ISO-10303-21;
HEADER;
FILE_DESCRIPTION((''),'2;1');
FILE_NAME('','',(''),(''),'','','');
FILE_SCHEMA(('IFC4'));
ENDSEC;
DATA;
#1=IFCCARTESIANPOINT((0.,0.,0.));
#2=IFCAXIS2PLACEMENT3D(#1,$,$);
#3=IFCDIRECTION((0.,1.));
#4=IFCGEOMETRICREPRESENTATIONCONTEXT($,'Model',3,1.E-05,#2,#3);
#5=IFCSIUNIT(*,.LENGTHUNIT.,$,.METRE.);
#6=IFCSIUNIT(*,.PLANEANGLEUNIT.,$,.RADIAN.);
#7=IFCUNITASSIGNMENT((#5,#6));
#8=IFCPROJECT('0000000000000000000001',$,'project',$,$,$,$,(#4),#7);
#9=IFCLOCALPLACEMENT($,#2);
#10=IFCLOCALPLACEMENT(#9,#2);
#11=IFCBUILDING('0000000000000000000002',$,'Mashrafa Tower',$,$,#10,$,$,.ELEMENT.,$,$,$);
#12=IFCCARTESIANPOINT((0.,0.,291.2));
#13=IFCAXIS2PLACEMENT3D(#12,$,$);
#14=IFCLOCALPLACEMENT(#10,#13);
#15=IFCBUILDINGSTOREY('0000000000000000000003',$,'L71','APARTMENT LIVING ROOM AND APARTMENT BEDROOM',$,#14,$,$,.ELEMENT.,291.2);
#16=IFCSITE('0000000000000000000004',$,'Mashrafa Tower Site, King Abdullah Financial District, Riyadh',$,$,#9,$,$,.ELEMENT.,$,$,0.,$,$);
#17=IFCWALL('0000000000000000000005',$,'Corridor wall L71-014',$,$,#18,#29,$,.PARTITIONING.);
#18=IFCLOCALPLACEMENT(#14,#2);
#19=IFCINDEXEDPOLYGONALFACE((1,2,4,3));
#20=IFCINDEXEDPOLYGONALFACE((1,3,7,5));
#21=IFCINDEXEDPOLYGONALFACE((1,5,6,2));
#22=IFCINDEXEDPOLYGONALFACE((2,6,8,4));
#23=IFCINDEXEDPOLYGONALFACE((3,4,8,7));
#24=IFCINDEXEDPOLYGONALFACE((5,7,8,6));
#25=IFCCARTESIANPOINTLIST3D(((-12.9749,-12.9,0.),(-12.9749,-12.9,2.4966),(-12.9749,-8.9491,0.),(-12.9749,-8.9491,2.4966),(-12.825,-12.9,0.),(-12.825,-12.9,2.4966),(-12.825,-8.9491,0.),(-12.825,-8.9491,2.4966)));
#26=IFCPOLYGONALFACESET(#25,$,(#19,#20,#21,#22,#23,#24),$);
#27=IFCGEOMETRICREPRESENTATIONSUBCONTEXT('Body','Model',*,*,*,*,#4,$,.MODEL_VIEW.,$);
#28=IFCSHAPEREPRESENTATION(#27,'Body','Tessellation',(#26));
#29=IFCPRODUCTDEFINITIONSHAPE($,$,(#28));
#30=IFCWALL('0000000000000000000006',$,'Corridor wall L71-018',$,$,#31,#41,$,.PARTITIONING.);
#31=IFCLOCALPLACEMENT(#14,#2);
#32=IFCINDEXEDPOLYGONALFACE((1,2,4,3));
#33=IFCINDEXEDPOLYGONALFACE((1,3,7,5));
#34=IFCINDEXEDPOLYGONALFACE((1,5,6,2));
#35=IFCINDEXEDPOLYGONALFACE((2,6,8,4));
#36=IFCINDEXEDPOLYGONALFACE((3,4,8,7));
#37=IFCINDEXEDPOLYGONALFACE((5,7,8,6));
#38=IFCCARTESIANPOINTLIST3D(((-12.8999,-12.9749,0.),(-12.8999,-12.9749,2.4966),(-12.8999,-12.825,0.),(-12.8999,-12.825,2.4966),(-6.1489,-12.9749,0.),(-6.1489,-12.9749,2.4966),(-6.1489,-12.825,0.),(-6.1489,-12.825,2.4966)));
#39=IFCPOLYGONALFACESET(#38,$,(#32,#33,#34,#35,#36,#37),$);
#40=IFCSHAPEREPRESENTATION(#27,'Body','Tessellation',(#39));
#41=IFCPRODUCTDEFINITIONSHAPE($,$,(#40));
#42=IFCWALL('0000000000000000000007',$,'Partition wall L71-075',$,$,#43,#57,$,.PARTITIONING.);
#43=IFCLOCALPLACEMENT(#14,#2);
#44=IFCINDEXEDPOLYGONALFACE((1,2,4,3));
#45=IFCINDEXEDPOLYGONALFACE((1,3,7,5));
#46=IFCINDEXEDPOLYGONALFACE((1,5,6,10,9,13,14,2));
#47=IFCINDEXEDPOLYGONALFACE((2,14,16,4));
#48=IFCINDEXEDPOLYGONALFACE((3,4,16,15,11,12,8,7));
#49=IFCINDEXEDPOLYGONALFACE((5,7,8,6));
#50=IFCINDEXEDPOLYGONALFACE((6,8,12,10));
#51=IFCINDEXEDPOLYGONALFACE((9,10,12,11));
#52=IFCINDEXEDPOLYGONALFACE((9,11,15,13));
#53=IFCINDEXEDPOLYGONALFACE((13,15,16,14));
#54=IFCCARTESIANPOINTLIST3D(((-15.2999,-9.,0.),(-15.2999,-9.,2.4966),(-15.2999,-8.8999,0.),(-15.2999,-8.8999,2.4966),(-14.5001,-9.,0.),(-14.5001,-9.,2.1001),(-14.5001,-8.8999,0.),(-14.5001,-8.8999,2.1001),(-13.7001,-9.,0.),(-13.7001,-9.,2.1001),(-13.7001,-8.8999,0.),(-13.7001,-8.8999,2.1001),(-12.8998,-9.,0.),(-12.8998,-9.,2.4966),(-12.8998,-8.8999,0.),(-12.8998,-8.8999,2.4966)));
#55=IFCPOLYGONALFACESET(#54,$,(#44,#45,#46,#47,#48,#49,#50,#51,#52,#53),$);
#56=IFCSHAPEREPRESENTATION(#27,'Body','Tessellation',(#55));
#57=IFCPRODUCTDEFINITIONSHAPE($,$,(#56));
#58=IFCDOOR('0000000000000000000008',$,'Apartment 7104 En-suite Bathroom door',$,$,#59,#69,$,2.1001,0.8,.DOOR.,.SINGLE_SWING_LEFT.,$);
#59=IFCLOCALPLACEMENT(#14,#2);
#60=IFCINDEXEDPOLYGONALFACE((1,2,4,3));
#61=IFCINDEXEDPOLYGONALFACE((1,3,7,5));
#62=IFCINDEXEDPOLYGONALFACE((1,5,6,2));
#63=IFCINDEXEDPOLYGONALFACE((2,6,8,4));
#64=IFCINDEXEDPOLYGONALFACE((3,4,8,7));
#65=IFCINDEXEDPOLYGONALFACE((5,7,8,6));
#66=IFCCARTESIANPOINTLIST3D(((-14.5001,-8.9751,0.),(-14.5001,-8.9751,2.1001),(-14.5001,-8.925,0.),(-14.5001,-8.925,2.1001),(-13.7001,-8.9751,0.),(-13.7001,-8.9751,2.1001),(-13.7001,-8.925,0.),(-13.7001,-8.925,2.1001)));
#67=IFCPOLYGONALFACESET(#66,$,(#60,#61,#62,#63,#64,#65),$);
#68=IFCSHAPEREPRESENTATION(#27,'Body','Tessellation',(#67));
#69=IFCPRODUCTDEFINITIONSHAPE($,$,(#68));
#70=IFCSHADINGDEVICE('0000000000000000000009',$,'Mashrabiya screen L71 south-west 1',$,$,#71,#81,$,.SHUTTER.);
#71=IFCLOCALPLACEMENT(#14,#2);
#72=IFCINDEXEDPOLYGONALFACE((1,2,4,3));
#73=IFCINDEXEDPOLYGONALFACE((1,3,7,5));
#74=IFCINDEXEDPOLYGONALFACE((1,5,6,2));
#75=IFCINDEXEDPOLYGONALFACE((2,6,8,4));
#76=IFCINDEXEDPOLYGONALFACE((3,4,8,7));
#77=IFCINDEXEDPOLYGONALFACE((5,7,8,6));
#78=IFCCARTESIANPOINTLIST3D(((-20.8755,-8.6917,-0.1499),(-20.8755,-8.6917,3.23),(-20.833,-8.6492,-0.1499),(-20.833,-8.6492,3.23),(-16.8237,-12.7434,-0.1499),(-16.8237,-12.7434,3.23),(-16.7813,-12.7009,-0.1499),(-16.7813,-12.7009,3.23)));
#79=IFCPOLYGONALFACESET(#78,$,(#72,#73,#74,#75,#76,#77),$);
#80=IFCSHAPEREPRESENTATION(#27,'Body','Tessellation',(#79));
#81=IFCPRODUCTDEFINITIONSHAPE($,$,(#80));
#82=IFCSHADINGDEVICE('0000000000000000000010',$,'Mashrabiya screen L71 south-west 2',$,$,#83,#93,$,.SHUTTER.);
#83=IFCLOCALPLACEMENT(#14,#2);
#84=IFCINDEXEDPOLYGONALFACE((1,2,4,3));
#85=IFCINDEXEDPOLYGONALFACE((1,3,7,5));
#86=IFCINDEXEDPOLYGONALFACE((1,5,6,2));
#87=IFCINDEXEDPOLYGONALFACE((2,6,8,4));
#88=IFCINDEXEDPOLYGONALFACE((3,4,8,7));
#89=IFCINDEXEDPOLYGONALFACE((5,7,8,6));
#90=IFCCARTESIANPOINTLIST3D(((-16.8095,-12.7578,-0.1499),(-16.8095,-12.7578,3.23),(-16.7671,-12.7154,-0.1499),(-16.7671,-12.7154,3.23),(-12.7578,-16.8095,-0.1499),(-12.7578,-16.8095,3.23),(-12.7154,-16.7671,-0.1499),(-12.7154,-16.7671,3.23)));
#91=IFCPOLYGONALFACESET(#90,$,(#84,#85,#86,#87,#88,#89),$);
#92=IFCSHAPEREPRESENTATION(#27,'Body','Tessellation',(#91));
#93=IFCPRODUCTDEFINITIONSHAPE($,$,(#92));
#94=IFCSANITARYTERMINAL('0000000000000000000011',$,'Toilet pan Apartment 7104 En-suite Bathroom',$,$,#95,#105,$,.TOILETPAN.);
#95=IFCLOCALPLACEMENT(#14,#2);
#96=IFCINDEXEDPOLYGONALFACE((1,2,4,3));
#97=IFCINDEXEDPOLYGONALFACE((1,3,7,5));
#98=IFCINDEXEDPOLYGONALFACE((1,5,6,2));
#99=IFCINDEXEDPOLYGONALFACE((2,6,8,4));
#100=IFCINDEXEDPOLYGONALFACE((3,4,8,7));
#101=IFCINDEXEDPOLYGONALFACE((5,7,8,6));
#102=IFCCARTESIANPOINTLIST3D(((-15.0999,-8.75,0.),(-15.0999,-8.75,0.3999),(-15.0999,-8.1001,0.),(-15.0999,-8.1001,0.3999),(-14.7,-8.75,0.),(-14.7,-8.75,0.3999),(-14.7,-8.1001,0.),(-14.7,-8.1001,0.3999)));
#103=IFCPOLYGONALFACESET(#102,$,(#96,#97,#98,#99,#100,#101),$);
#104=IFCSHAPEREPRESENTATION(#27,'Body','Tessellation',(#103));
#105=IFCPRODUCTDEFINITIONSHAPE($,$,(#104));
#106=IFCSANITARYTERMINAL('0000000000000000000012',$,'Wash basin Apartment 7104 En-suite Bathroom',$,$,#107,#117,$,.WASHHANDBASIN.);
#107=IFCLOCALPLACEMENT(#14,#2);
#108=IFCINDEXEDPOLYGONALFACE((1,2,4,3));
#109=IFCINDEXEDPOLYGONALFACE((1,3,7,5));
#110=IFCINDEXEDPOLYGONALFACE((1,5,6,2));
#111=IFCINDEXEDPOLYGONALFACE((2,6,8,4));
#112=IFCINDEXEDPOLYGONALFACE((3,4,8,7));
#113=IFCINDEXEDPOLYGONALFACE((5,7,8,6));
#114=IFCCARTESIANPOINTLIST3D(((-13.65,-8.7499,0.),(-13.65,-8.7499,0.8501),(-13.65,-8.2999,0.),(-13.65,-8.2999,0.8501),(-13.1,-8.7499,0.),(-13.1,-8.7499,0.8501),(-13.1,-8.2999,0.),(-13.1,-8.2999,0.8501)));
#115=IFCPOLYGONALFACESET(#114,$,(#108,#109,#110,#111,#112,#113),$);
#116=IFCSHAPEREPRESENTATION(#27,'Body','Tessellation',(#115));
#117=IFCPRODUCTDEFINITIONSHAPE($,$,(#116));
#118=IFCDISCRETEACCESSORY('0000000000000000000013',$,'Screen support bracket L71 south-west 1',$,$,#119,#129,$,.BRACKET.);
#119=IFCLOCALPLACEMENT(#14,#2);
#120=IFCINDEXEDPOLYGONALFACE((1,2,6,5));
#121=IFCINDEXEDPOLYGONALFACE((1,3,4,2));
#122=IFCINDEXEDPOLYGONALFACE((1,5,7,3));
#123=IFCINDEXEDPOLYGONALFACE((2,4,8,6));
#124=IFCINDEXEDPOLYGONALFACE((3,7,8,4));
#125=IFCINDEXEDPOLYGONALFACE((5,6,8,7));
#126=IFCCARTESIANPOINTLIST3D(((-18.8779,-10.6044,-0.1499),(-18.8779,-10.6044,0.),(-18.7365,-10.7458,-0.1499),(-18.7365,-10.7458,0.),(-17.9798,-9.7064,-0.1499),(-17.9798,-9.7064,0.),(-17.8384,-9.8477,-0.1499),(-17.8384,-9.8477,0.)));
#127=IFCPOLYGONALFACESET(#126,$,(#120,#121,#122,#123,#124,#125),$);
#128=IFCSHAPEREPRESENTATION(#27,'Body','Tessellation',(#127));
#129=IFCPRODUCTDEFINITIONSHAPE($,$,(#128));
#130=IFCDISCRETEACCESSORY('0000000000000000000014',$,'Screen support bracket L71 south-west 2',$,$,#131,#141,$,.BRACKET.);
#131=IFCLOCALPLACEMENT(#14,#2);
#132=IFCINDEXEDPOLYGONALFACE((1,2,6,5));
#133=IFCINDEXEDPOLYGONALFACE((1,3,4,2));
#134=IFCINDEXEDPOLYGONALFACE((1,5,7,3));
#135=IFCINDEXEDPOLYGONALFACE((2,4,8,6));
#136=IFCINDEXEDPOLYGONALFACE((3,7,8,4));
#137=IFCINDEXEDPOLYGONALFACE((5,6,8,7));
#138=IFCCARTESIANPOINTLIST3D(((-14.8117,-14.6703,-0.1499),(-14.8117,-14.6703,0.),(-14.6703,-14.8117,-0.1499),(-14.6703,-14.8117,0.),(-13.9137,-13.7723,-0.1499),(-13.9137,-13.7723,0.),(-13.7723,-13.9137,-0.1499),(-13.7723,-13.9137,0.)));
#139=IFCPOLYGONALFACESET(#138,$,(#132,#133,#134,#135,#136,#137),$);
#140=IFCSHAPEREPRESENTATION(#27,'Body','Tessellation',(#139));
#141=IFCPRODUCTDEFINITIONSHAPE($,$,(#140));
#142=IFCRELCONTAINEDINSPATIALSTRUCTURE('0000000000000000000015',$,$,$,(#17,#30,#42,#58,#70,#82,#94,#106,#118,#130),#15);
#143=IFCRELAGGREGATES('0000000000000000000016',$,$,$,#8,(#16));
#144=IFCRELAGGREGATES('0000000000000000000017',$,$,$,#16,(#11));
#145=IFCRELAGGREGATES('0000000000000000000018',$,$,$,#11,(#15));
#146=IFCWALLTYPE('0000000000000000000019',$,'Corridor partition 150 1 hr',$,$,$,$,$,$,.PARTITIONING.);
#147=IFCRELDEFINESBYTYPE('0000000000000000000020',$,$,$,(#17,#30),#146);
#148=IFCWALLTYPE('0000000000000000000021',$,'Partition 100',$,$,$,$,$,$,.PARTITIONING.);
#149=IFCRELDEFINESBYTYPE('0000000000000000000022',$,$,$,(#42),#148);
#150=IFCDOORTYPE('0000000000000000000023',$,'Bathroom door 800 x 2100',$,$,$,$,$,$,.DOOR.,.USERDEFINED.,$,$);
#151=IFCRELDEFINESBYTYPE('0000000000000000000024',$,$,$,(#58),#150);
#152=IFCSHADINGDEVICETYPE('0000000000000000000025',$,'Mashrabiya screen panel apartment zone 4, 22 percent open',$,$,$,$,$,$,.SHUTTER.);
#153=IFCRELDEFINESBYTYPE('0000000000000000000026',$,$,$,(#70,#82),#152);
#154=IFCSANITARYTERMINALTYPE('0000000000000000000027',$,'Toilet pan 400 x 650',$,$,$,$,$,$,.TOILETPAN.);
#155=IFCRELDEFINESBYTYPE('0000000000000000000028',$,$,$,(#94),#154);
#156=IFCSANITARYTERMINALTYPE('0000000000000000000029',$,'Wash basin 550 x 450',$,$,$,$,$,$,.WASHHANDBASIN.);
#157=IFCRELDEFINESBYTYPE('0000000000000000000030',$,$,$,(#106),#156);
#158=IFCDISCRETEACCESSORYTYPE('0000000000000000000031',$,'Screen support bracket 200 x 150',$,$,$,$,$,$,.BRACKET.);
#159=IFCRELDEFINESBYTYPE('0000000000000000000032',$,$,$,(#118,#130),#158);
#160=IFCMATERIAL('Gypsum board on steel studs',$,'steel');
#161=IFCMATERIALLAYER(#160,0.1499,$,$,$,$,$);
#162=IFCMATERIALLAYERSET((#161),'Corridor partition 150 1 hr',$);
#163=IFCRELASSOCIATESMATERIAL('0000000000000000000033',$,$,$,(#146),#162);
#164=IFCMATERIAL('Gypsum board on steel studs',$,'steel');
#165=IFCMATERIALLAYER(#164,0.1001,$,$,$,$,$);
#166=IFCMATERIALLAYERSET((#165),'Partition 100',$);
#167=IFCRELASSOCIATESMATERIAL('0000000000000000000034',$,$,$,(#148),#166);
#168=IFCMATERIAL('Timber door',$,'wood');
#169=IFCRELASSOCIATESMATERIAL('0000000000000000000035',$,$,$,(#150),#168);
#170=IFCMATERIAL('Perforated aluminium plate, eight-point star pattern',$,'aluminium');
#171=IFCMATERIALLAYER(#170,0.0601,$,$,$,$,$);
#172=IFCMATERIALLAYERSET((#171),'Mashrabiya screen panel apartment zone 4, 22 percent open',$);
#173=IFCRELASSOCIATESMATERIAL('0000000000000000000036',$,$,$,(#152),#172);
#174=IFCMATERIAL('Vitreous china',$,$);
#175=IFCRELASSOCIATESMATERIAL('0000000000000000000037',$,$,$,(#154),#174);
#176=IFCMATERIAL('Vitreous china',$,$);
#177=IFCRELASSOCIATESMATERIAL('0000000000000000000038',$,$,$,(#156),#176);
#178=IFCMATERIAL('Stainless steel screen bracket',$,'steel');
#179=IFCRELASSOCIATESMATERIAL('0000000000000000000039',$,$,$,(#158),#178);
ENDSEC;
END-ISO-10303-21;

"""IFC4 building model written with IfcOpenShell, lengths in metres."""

from ifc_helpers import new_model, si_unit, direction, frame, frame_2d, origin, origin_2d, place, context, subcontext, project, spatial, rectangle, extrude, source, transform, mapped, material, layer, layer_set, type_object, type_shapes, element, fill, save


model = new_model("IFC4")

# Units and contexts
model_context = context("Model", 3, precision=1e-05, world=origin(), true_north=direction((0.0, 1.0)))
body_context = subcontext(model_context, "Body", "Model", "MODEL_VIEW")
ifc_project = project(units=[si_unit("LENGTHUNIT", "METRE"), si_unit("PLANEANGLEUNIT", "RADIAN")], contexts=[model_context])

# Site, building, storey
site_placement = place(None, origin())
site = spatial("IfcSite", under=ifc_project, at=site_placement, Name="Mashrafa Tower Site, King Abdullah Financial District, Riyadh", CompositionType="ELEMENT", RefElevation=0.0)
building_placement = place(site_placement, origin())
building = spatial("IfcBuilding", under=site, at=building_placement, Name="Mashrafa Tower", CompositionType="ELEMENT")
storey_placement = place(building_placement, frame((0.0, 0.0, 291.2)))
storey = spatial("IfcBuildingStorey", under=building, at=storey_placement, Name="L71", Description="APARTMENT LIVING ROOM AND APARTMENT BEDROOM", CompositionType="ELEMENT", Elevation=291.2)

# Walls
ifc_material_1 = material(Name="Gypsum board on steel studs", Category="steel")
ifc_layer_1 = layer(ifc_material_1, 0.1499)
ifc_layer_set_1 = layer_set([ifc_layer_1], Name="Corridor partition 150 1 hr")
wall_type_1 = type_object("IfcWallType", Name="Corridor partition 150 1 hr", PredefinedType="PARTITIONING", material=ifc_layer_set_1)
wall_1_placement = place(storey_placement, frame((-12.8999, -8.949, 0.0), z_axis=(0.0, 0.0, 1.0), x_axis=(0.0, -1.0, 0.0)))
element("IfcWall", 1, at=wall_1_placement, inside=storey, type_object=wall_type_1, Name="Corridor wall L71-014", PredefinedType="PARTITIONING", context=body_context, shape_type="SweptSolid", body=[
    extrude(rectangle(XDim=3.9509, YDim=0.1499, at=frame_2d((1.9756, 0.0))), origin(), (0.0, 0.0, 1.0), 2.4966),
])
wall_2_placement = place(storey_placement, frame((-12.8999, -12.8999, 0.0), z_axis=(0.0, 0.0, 1.0), x_axis=(1.0, 0.0, 0.0)))
element("IfcWall", 2, at=wall_2_placement, inside=storey, type_object=wall_type_1, Name="Corridor wall L71-018", PredefinedType="PARTITIONING", context=body_context, shape_type="SweptSolid", body=[
    extrude(rectangle(XDim=6.751, YDim=0.1499, at=frame_2d((3.3755, 0.0))), origin(), (0.0, 0.0, 1.0), 2.4966),
])

# Wall, opening, door
ifc_material_2 = material(Name="Gypsum board on steel studs", Category="steel")
ifc_layer_2 = layer(ifc_material_2, 0.1001)
ifc_layer_set_2 = layer_set([ifc_layer_2], Name="Partition 100")
wall_type_2 = type_object("IfcWallType", Name="Partition 100", PredefinedType="PARTITIONING", material=ifc_layer_set_2)
wall_3_placement = place(storey_placement, frame((-15.3, -8.95, 0.0), z_axis=(0.0, 0.0, 1.0), x_axis=(1.0, 0.0, 0.0)))
wall_3 = element("IfcWall", 3, at=wall_3_placement, inside=storey, type_object=wall_type_2, Name="Partition wall L71-075", PredefinedType="PARTITIONING", context=body_context, shape_type="SweptSolid", body=[
    extrude(rectangle(XDim=2.4001, YDim=0.1001, at=frame_2d((1.2002, 0.0))), origin(), (0.0, 0.0, 1.0), 2.4966),
])
opening_placement = place(wall_3_placement, frame((0.8, 0.0, 0.0)))
opening = element("IfcOpeningElement", 4, at=opening_placement, cuts=wall_3, PredefinedType="OPENING", context=body_context, shape_type="SweptSolid", body=[
    extrude(rectangle(XDim=0.8, YDim=2.1001, at=frame_2d((0.3999, 1.05))), frame((0.0, 0.0601, 0.0), z_axis=(0.0, -1.0, 0.0), x_axis=(1.0, 0.0, 0.0)), (0.0, 0.0, 1.0), 0.1201),
])
ifc_material_3 = material(Name="Timber door", Category="wood")
door_type = type_object("IfcDoorType", Name="Bathroom door 800 x 2100", OperationType="USERDEFINED", PredefinedType="DOOR", material=ifc_material_3)
door_placement = place(opening_placement, origin())
door = element("IfcDoor", 5, at=door_placement, inside=storey, type_object=door_type, Name="Apartment 7104 En-suite Bathroom door", OperationType="SINGLE_SWING_LEFT", OverallHeight=2.1001, OverallWidth=0.8, PredefinedType="DOOR", context=body_context, shape_type="SweptSolid", body=[
    extrude(rectangle(XDim=0.8, YDim=2.1001, at=frame_2d((0.3999, 1.05))), frame((0.0, 0.0249, 0.0), z_axis=(0.0, -1.0, 0.0), x_axis=(1.0, 0.0, 0.0)), (0.0, 0.0, 1.0), 0.05),
])
fill(opening, door)

# Shading devices
ifc_material_4 = material(Name="Perforated aluminium plate, eight-point star pattern", Category="aluminium")
ifc_layer_3 = layer(ifc_material_4, 0.0601)
ifc_layer_set_3 = layer_set([ifc_layer_3], Name="Mashrabiya screen panel apartment zone 4, 22 percent open")
shading_device_type = type_object("IfcShadingDeviceType", Name="Mashrabiya screen panel apartment zone 4, 22 percent open", PredefinedType="SHUTTER", material=ifc_layer_set_3)
shared_shape_1 = source(origin(), body_context, "Body", "SweptSolid", [
    extrude(rectangle(XDim=5.73, YDim=0.0601, at=origin_2d()), origin(), (0.0, 0.0, 1.0), 3.3799),
])
type_shapes(shading_device_type, [shared_shape_1])
for number, where, z_axis, x_axis, name in (
    (6, (-18.8284, -10.6963, -0.1499), (0.0, 0.0, 1.0), (0.707107, -0.707107, 0.0), "Mashrabiya screen L71 south-west 1"),
    (7, (-14.7625, -14.7625, -0.1499), (0.0, 0.0, 1.0), (0.707107, -0.707107, 0.0), "Mashrabiya screen L71 south-west 2"),
):
    element("IfcShadingDevice", number, at=place(storey_placement, frame(where, z_axis=z_axis, x_axis=x_axis)), inside=storey, type_object=shading_device_type, Name=name, PredefinedType="SHUTTER", context=body_context, shape_type="MappedRepresentation", body=[
        mapped(shared_shape_1, transform((0.0, 0.0, 0.0))),
    ])

# Sanitary terminals
ifc_material_5 = material(Name="Vitreous china")
sanitary_terminal_type_1 = type_object("IfcSanitaryTerminalType", Name="Toilet pan 400 x 650", PredefinedType="TOILETPAN", material=ifc_material_5)
sanitary_terminal_1_placement = place(storey_placement, frame((-14.8999, -8.425, 0.0), z_axis=(0.0, 0.0, 1.0), x_axis=(1.0, 0.0, 0.0)))
element("IfcSanitaryTerminal", 8, at=sanitary_terminal_1_placement, inside=storey, type_object=sanitary_terminal_type_1, Name="Toilet pan Apartment 7104 En-suite Bathroom", PredefinedType="TOILETPAN", context=body_context, shape_type="SweptSolid", body=[
    extrude(rectangle(XDim=0.3999, YDim=0.6499, at=origin_2d()), origin(), (0.0, 0.0, 1.0), 0.3999),
])
ifc_material_6 = material(Name="Vitreous china")
sanitary_terminal_type_2 = type_object("IfcSanitaryTerminalType", Name="Wash basin 550 x 450", PredefinedType="WASHHANDBASIN", material=ifc_material_6)
sanitary_terminal_2_placement = place(storey_placement, frame((-13.375, -8.5249, 0.0), z_axis=(0.0, 0.0, 1.0), x_axis=(1.0, 0.0, 0.0)))
element("IfcSanitaryTerminal", 9, at=sanitary_terminal_2_placement, inside=storey, type_object=sanitary_terminal_type_2, Name="Wash basin Apartment 7104 En-suite Bathroom", PredefinedType="WASHHANDBASIN", context=body_context, shape_type="SweptSolid", body=[
    extrude(rectangle(XDim=0.55, YDim=0.45, at=origin_2d()), origin(), (0.0, 0.0, 1.0), 0.8501),
])

# Discrete accessories
ifc_material_7 = material(Name="Stainless steel screen bracket", Category="steel")
discrete_accessory_type = type_object("IfcDiscreteAccessoryType", Name="Screen support bracket 200 x 150", PredefinedType="BRACKET", material=ifc_material_7)
shared_shape_2 = source(origin(), body_context, "Body", "SweptSolid", [
    extrude(rectangle(XDim=0.2, YDim=1.27, at=origin_2d()), origin(), (0.0, 0.0, 1.0), 0.1499),
])
type_shapes(discrete_accessory_type, [shared_shape_2])
for number, where, z_axis, x_axis, name in (
    (10, (-18.3582, -10.2261, -0.1499), (0.0, 0.0, 1.0), (0.707107, -0.707107, 0.0), "Screen support bracket L71 south-west 1"),
    (11, (-14.292, -14.292, -0.1499), (0.0, 0.0, 1.0), (0.707107, -0.707107, 0.0), "Screen support bracket L71 south-west 2"),
):
    element("IfcDiscreteAccessory", number, at=place(storey_placement, frame(where, z_axis=z_axis, x_axis=x_axis)), inside=storey, type_object=discrete_accessory_type, Name=name, PredefinedType="BRACKET", context=body_context, shape_type="MappedRepresentation", body=[
        mapped(shared_shape_2, transform((0.0, 0.0, 0.0))),
    ])

save(model, "model.ifc")
